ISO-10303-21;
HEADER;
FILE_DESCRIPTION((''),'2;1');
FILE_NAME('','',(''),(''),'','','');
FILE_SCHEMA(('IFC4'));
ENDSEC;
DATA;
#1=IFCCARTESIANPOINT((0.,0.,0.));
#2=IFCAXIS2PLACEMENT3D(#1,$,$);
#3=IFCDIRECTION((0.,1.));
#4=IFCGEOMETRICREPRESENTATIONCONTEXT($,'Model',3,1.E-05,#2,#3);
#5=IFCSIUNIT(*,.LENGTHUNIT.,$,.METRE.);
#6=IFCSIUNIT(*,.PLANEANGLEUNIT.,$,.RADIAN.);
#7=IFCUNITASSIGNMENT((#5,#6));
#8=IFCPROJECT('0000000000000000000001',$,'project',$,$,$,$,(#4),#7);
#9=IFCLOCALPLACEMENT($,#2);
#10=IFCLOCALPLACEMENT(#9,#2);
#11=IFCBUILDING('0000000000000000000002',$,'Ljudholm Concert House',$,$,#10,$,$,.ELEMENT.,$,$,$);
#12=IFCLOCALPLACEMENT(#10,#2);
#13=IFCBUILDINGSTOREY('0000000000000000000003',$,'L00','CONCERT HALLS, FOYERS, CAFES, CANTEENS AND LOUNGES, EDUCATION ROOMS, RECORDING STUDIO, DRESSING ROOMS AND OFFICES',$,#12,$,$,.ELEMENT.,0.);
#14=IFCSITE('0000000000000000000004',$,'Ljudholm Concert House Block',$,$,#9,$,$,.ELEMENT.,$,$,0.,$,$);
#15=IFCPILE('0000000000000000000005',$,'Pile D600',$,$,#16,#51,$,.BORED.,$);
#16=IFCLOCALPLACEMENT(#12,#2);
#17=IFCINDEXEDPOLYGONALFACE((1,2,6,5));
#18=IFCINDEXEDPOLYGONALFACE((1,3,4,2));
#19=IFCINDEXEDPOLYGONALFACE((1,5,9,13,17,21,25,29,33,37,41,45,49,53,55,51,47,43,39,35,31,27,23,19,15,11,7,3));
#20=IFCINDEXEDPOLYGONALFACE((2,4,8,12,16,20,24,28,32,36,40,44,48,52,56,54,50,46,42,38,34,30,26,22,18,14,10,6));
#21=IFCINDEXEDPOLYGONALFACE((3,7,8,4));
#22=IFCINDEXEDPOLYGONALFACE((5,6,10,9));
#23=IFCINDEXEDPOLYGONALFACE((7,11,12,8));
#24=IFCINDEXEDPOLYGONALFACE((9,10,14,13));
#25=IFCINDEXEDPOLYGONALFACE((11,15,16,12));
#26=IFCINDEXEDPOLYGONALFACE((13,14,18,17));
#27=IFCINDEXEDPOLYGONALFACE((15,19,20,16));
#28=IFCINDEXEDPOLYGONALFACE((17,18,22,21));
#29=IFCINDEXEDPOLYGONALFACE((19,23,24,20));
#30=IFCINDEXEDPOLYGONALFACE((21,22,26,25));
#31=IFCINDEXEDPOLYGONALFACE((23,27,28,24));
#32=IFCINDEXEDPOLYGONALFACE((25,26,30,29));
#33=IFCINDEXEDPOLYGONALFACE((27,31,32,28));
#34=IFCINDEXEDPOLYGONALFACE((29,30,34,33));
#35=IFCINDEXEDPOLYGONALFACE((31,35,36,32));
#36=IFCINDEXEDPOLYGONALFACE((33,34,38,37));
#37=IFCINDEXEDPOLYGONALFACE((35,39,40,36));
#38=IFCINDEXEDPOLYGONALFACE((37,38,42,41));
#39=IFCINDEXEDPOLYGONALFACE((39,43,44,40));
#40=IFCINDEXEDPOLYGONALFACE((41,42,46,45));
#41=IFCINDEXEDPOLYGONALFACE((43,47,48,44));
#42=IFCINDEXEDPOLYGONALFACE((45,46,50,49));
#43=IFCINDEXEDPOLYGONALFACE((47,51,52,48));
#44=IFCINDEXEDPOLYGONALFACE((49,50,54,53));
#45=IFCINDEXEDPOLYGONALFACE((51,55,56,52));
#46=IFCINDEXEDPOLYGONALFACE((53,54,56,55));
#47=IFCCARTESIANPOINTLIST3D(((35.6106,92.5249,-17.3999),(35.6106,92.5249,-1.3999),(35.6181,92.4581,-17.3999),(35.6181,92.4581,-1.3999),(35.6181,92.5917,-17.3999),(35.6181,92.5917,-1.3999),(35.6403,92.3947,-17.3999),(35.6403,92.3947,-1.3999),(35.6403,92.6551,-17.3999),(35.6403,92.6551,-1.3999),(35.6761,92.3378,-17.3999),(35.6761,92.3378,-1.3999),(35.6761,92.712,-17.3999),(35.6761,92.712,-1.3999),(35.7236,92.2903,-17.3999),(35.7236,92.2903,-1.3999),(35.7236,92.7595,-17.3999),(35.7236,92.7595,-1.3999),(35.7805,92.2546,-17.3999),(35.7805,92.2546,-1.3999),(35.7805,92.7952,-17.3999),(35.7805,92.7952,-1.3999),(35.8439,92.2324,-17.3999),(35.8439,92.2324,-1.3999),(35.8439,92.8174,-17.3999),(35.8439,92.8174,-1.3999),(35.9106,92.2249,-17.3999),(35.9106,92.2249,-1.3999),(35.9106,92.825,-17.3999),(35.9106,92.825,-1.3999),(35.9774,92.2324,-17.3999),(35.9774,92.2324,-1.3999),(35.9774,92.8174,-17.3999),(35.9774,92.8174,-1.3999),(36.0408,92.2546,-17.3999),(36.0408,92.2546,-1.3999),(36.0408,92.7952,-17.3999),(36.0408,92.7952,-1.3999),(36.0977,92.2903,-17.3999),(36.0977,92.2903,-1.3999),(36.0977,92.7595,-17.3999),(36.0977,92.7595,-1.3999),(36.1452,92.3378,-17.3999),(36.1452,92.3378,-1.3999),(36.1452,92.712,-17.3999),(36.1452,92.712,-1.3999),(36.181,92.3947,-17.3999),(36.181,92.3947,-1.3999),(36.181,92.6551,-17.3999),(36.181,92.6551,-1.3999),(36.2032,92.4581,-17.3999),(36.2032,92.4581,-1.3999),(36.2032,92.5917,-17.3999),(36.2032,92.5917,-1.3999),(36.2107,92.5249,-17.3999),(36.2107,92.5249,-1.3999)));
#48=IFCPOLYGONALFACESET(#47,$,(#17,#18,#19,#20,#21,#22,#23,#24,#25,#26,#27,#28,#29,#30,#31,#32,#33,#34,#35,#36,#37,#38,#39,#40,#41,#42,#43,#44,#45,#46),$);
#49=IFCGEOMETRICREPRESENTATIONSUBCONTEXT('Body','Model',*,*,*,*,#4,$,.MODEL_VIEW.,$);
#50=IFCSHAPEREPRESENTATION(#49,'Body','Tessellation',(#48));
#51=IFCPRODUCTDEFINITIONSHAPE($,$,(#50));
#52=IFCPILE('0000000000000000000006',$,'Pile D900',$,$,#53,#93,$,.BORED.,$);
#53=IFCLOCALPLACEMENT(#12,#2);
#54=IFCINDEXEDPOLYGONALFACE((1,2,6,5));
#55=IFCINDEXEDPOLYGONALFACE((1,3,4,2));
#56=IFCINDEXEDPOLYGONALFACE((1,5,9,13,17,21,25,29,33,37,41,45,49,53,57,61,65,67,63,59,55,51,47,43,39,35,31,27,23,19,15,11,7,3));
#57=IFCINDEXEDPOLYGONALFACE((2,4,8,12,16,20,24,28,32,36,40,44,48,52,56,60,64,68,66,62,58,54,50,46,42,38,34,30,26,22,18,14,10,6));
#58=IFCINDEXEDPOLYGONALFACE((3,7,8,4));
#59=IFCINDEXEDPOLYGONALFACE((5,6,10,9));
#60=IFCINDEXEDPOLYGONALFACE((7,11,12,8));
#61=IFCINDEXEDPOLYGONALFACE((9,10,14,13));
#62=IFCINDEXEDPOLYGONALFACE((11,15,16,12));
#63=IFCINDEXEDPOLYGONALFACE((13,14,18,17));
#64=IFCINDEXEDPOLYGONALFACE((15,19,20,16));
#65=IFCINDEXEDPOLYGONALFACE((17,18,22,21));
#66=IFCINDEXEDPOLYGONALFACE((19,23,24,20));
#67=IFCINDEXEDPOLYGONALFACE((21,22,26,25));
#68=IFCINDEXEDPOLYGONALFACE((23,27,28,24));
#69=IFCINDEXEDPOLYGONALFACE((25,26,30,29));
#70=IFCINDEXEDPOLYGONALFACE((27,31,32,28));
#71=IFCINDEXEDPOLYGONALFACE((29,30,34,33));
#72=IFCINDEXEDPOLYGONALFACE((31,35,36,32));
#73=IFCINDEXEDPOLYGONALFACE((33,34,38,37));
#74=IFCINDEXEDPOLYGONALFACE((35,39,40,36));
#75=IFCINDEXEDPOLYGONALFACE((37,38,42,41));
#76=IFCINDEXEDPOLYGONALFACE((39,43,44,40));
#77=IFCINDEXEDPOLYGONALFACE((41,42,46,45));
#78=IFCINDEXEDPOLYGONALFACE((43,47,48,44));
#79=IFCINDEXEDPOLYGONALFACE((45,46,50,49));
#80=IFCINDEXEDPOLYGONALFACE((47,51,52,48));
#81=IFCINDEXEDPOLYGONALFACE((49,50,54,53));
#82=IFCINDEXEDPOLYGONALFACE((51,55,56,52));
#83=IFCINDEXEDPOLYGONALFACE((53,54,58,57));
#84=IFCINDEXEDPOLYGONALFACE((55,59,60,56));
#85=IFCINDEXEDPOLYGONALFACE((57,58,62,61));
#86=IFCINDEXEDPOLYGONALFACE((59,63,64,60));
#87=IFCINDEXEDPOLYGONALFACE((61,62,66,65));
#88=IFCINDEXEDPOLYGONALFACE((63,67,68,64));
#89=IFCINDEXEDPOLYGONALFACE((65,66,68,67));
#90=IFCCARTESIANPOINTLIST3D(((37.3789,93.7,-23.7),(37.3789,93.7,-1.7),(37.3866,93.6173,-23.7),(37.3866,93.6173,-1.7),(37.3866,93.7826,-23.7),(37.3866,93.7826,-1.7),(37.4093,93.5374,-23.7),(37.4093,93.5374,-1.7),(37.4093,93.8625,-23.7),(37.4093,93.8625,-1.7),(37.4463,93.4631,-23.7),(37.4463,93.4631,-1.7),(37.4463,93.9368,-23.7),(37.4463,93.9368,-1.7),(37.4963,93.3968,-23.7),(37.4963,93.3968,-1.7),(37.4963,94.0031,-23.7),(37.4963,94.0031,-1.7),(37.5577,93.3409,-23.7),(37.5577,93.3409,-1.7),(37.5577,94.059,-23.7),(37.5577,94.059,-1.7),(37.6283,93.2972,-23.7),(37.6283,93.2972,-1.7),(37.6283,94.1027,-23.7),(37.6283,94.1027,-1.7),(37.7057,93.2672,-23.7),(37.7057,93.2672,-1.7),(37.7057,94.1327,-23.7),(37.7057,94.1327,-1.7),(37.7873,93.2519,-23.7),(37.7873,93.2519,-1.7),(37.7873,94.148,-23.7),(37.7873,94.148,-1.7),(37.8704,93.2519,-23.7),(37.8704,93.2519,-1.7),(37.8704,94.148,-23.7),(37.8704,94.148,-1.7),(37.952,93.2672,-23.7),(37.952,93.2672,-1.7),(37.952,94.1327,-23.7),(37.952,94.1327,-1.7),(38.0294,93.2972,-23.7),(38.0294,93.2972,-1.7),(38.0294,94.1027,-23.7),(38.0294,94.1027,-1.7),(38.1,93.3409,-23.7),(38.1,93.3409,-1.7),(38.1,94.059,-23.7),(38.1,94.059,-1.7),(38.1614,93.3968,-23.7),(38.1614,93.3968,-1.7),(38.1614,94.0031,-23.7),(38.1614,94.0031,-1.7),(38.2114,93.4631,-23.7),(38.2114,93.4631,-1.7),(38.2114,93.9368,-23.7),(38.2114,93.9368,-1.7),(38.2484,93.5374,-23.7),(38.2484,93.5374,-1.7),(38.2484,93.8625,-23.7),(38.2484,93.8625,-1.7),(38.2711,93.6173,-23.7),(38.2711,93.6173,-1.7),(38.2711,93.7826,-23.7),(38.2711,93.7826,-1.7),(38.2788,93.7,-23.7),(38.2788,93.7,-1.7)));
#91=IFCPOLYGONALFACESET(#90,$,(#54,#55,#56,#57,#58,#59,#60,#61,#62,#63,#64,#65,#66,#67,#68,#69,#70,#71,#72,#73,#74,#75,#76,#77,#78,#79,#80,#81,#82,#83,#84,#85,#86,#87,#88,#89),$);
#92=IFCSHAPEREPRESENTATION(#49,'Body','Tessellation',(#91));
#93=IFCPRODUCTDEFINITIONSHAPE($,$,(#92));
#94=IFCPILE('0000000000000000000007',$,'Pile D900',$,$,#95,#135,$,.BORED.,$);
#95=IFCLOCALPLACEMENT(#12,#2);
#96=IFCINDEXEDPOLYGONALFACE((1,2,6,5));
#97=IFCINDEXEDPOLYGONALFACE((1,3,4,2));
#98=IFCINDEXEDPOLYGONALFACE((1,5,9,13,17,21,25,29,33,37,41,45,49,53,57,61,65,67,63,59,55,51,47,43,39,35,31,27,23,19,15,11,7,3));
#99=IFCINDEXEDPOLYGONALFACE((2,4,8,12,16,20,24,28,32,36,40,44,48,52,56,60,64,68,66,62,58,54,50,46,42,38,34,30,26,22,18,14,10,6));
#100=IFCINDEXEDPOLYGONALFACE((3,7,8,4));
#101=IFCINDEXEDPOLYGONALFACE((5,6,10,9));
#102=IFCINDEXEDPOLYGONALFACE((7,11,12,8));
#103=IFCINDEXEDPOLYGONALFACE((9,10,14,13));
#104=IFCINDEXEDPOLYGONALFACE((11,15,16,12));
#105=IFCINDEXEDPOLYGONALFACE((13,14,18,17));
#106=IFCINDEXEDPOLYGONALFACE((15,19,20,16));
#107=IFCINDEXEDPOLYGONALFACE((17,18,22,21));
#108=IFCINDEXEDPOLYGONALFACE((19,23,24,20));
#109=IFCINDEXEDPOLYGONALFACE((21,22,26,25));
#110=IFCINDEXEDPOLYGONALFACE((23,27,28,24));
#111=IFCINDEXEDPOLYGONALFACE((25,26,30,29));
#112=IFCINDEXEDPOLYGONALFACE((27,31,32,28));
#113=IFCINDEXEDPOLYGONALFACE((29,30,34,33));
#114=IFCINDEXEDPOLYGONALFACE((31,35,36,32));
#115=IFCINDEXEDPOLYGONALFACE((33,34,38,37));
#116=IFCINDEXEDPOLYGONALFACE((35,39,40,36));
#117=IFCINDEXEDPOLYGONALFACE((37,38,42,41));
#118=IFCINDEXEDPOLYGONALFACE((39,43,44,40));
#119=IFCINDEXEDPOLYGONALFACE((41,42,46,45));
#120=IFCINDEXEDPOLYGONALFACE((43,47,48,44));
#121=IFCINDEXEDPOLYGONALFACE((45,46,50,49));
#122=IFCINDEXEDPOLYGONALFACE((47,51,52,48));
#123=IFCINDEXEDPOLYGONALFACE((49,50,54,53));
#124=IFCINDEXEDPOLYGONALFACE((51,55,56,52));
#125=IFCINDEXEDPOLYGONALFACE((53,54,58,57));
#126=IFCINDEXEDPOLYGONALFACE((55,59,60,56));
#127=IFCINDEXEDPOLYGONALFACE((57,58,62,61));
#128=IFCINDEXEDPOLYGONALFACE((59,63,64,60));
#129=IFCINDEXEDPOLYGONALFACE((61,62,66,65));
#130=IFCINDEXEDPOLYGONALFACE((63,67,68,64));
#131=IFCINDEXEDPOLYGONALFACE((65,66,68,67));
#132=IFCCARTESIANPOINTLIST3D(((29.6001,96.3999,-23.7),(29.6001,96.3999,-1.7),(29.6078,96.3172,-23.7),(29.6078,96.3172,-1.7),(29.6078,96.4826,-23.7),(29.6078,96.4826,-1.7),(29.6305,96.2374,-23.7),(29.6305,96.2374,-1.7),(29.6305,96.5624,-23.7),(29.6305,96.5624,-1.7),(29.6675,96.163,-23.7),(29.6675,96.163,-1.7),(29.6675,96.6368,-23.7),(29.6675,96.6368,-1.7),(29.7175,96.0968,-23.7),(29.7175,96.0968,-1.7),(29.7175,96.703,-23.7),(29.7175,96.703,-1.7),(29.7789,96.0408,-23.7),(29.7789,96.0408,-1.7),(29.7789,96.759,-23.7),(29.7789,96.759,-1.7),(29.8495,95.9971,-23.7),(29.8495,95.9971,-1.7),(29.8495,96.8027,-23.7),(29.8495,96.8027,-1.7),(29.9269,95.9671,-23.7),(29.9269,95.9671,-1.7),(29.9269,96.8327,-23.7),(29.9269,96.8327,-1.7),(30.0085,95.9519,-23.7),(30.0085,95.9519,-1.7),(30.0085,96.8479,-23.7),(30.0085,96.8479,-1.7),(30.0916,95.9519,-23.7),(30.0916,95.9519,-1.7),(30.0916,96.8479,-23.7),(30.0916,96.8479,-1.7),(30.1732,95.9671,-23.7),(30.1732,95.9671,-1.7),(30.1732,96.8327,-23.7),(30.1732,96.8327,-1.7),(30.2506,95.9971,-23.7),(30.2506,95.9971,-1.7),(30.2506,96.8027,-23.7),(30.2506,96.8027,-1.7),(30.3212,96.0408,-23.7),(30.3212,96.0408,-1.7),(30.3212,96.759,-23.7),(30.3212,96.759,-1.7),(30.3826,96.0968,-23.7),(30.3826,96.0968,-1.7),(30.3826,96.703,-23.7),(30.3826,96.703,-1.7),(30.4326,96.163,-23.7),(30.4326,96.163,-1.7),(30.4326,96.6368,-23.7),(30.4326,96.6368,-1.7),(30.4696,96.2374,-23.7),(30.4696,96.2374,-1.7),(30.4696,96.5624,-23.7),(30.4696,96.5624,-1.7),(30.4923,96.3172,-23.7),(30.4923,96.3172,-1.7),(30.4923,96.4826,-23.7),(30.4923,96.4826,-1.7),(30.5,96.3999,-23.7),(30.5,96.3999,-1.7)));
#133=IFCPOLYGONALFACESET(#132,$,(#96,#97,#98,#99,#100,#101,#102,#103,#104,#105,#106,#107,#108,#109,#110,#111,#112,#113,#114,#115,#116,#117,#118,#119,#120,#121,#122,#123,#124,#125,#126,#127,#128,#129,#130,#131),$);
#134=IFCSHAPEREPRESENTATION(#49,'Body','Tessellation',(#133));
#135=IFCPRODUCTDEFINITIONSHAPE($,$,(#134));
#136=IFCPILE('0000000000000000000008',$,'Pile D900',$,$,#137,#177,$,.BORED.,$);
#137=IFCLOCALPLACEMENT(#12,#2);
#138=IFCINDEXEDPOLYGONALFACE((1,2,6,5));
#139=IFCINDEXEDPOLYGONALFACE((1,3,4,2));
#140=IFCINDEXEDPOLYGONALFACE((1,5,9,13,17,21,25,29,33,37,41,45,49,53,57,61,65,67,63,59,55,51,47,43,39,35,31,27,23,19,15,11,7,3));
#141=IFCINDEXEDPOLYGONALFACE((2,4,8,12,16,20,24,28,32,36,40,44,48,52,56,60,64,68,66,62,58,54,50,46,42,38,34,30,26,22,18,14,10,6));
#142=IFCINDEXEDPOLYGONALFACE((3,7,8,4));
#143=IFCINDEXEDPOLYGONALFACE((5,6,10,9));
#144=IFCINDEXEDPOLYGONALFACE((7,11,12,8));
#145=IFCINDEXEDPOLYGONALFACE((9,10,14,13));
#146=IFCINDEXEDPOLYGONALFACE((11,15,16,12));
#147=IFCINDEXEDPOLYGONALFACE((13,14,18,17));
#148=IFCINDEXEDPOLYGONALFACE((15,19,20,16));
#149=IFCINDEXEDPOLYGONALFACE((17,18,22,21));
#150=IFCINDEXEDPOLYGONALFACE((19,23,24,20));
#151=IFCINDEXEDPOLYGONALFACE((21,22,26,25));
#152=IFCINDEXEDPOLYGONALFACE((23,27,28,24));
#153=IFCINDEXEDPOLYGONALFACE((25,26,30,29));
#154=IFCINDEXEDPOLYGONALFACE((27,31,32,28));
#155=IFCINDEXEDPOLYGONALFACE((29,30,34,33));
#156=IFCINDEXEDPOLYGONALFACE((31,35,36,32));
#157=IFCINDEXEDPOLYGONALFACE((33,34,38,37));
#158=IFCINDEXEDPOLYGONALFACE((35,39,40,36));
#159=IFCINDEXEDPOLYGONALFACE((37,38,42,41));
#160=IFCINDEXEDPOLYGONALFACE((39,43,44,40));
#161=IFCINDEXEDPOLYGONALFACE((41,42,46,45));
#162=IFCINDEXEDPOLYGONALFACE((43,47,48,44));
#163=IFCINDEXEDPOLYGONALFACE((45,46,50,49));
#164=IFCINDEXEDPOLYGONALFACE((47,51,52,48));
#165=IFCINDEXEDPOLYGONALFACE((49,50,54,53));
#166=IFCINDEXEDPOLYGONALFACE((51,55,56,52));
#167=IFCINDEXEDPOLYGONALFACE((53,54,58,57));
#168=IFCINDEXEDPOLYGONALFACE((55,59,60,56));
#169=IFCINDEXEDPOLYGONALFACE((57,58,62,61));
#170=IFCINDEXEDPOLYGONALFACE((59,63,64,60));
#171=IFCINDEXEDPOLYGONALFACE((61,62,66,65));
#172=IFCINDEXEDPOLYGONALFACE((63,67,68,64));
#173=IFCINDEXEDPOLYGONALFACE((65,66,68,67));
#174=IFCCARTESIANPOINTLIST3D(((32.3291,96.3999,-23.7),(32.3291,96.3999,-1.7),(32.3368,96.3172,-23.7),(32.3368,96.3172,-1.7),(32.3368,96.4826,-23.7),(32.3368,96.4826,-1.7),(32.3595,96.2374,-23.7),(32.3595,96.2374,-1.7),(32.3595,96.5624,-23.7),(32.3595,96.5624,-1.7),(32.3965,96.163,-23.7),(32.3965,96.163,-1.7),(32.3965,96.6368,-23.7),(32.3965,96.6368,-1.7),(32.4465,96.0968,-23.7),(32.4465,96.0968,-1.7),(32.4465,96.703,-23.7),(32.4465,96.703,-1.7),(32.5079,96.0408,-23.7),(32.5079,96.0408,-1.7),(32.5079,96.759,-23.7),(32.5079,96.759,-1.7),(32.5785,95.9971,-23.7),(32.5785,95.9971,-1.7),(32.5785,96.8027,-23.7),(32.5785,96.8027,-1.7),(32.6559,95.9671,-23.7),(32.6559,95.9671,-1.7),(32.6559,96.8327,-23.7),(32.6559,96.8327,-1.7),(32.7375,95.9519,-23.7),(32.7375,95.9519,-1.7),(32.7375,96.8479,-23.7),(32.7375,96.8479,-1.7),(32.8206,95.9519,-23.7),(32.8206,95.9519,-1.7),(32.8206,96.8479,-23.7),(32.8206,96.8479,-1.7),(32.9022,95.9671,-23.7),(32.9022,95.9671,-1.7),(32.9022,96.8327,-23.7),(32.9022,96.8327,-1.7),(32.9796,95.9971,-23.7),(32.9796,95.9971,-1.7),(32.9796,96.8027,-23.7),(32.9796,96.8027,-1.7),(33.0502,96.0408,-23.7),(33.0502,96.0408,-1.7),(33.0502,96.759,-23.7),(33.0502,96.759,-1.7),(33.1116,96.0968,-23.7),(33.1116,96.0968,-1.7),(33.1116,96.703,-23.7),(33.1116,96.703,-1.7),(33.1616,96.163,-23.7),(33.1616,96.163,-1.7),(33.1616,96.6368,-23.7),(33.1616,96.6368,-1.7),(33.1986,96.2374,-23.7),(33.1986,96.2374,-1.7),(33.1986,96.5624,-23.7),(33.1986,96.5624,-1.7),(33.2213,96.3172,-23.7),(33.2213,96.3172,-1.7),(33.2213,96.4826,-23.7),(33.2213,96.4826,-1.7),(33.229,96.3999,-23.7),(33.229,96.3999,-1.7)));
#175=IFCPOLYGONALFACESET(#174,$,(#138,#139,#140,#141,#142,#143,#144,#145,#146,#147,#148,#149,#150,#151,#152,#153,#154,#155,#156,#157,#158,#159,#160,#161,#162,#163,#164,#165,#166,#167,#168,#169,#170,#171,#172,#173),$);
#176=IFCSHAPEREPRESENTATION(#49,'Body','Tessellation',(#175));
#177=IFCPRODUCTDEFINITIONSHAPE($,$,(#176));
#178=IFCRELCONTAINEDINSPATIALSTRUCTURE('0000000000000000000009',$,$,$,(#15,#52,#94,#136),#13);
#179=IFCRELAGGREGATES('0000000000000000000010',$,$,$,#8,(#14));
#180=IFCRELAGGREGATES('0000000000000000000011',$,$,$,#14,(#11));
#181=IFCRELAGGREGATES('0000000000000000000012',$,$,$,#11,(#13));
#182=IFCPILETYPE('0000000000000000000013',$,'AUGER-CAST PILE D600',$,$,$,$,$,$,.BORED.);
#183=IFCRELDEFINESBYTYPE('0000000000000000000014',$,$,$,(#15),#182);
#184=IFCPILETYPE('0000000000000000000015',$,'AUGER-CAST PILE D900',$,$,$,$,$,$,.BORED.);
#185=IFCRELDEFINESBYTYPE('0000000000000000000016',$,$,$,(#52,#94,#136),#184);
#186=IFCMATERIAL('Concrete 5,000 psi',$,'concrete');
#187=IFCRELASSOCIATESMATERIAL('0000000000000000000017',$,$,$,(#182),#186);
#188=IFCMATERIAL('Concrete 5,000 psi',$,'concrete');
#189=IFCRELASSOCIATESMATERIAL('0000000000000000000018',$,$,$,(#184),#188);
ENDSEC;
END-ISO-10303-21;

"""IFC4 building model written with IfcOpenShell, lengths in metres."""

from ifc_helpers import new_model, si_unit, direction, frame, origin, origin_2d, place, context, subcontext, project, spatial, circle, extrude, material, material_profile, profile_set, type_object, element, save


model = new_model("IFC4")

# Units and contexts
model_context = context("Model", 3, precision=1e-05, world=origin(), true_north=direction((0.0, 1.0)))
body_context = subcontext(model_context, "Body", "Model", "MODEL_VIEW")
ifc_project = project(units=[si_unit("LENGTHUNIT", "METRE"), si_unit("PLANEANGLEUNIT", "RADIAN")], contexts=[model_context])

# Site, building, storey
site_placement = place(None, origin())
site = spatial("IfcSite", under=ifc_project, at=site_placement, Name="Ljudholm Concert House Block", CompositionType="ELEMENT", RefElevation=0.0)
building_placement = place(site_placement, origin())
building = spatial("IfcBuilding", under=site, at=building_placement, Name="Ljudholm Concert House", CompositionType="ELEMENT")
storey_placement = place(building_placement, origin())
storey = spatial("IfcBuildingStorey", under=building, at=storey_placement, Name="L00", Description="CONCERT HALLS, FOYERS, CAFES, CANTEENS AND LOUNGES, EDUCATION ROOMS, RECORDING STUDIO, DRESSING ROOMS AND OFFICES", CompositionType="ELEMENT", Elevation=0.0)

# Piles
ifc_material_1 = material(Name="Concrete 5,000 psi", Category="concrete")
ifc_material_profile_1 = material_profile(ifc_material_1, circle(Radius=0.3, at=origin_2d()), Name="AUGER-CAST PILE D600")
ifc_profile_set_1 = profile_set([ifc_material_profile_1], Name="Concrete 5,000 psi")
pile_type_1 = type_object("IfcPileType", Name="AUGER-CAST PILE D600", PredefinedType="BORED", material=ifc_profile_set_1)
for number, where, z_axis, x_axis, name in (
    (1, (35.9106, 92.5249, -1.3999), (0.0, 0.0, -1.0), (1.0, 0.0, 0.0), "Pile D600"),
):
    element("IfcPile", number, at=place(storey_placement, frame(where, z_axis=z_axis, x_axis=x_axis)), inside=storey, type_object=pile_type_1, Name=name, PredefinedType="BORED", context=body_context, shape_type="SweptSolid", body=[
        extrude(circle(Radius=0.3, at=origin_2d()), origin(), (0.0, 0.0, 1.0), 16.0),
    ])
ifc_material_2 = material(Name="Concrete 5,000 psi", Category="concrete")
ifc_material_profile_2 = material_profile(ifc_material_2, circle(Radius=0.45, at=origin_2d()), Name="AUGER-CAST PILE D900")
ifc_profile_set_2 = profile_set([ifc_material_profile_2], Name="Concrete 5,000 psi")
pile_type_2 = type_object("IfcPileType", Name="AUGER-CAST PILE D900", PredefinedType="BORED", material=ifc_profile_set_2)
for number, where, z_axis, x_axis, name in (
    (2, (37.8289, 93.7, -1.7), (0.0, 0.0, -1.0), (1.0, 0.0, 0.0), "Pile D900"),
    (3, (30.05, 96.3999, -1.7), (0.0, 0.0, -1.0), (1.0, 0.0, 0.0), "Pile D900"),
    (4, (32.7791, 96.3999, -1.7), (0.0, 0.0, -1.0), (1.0, 0.0, 0.0), "Pile D900"),
):
    element("IfcPile", number, at=place(storey_placement, frame(where, z_axis=z_axis, x_axis=x_axis)), inside=storey, type_object=pile_type_2, Name=name, PredefinedType="BORED", context=body_context, shape_type="SweptSolid", body=[
        extrude(circle(Radius=0.45, at=origin_2d()), origin(), (0.0, 0.0, 1.0), 22.0),
    ])

save(model, "model.ifc")
